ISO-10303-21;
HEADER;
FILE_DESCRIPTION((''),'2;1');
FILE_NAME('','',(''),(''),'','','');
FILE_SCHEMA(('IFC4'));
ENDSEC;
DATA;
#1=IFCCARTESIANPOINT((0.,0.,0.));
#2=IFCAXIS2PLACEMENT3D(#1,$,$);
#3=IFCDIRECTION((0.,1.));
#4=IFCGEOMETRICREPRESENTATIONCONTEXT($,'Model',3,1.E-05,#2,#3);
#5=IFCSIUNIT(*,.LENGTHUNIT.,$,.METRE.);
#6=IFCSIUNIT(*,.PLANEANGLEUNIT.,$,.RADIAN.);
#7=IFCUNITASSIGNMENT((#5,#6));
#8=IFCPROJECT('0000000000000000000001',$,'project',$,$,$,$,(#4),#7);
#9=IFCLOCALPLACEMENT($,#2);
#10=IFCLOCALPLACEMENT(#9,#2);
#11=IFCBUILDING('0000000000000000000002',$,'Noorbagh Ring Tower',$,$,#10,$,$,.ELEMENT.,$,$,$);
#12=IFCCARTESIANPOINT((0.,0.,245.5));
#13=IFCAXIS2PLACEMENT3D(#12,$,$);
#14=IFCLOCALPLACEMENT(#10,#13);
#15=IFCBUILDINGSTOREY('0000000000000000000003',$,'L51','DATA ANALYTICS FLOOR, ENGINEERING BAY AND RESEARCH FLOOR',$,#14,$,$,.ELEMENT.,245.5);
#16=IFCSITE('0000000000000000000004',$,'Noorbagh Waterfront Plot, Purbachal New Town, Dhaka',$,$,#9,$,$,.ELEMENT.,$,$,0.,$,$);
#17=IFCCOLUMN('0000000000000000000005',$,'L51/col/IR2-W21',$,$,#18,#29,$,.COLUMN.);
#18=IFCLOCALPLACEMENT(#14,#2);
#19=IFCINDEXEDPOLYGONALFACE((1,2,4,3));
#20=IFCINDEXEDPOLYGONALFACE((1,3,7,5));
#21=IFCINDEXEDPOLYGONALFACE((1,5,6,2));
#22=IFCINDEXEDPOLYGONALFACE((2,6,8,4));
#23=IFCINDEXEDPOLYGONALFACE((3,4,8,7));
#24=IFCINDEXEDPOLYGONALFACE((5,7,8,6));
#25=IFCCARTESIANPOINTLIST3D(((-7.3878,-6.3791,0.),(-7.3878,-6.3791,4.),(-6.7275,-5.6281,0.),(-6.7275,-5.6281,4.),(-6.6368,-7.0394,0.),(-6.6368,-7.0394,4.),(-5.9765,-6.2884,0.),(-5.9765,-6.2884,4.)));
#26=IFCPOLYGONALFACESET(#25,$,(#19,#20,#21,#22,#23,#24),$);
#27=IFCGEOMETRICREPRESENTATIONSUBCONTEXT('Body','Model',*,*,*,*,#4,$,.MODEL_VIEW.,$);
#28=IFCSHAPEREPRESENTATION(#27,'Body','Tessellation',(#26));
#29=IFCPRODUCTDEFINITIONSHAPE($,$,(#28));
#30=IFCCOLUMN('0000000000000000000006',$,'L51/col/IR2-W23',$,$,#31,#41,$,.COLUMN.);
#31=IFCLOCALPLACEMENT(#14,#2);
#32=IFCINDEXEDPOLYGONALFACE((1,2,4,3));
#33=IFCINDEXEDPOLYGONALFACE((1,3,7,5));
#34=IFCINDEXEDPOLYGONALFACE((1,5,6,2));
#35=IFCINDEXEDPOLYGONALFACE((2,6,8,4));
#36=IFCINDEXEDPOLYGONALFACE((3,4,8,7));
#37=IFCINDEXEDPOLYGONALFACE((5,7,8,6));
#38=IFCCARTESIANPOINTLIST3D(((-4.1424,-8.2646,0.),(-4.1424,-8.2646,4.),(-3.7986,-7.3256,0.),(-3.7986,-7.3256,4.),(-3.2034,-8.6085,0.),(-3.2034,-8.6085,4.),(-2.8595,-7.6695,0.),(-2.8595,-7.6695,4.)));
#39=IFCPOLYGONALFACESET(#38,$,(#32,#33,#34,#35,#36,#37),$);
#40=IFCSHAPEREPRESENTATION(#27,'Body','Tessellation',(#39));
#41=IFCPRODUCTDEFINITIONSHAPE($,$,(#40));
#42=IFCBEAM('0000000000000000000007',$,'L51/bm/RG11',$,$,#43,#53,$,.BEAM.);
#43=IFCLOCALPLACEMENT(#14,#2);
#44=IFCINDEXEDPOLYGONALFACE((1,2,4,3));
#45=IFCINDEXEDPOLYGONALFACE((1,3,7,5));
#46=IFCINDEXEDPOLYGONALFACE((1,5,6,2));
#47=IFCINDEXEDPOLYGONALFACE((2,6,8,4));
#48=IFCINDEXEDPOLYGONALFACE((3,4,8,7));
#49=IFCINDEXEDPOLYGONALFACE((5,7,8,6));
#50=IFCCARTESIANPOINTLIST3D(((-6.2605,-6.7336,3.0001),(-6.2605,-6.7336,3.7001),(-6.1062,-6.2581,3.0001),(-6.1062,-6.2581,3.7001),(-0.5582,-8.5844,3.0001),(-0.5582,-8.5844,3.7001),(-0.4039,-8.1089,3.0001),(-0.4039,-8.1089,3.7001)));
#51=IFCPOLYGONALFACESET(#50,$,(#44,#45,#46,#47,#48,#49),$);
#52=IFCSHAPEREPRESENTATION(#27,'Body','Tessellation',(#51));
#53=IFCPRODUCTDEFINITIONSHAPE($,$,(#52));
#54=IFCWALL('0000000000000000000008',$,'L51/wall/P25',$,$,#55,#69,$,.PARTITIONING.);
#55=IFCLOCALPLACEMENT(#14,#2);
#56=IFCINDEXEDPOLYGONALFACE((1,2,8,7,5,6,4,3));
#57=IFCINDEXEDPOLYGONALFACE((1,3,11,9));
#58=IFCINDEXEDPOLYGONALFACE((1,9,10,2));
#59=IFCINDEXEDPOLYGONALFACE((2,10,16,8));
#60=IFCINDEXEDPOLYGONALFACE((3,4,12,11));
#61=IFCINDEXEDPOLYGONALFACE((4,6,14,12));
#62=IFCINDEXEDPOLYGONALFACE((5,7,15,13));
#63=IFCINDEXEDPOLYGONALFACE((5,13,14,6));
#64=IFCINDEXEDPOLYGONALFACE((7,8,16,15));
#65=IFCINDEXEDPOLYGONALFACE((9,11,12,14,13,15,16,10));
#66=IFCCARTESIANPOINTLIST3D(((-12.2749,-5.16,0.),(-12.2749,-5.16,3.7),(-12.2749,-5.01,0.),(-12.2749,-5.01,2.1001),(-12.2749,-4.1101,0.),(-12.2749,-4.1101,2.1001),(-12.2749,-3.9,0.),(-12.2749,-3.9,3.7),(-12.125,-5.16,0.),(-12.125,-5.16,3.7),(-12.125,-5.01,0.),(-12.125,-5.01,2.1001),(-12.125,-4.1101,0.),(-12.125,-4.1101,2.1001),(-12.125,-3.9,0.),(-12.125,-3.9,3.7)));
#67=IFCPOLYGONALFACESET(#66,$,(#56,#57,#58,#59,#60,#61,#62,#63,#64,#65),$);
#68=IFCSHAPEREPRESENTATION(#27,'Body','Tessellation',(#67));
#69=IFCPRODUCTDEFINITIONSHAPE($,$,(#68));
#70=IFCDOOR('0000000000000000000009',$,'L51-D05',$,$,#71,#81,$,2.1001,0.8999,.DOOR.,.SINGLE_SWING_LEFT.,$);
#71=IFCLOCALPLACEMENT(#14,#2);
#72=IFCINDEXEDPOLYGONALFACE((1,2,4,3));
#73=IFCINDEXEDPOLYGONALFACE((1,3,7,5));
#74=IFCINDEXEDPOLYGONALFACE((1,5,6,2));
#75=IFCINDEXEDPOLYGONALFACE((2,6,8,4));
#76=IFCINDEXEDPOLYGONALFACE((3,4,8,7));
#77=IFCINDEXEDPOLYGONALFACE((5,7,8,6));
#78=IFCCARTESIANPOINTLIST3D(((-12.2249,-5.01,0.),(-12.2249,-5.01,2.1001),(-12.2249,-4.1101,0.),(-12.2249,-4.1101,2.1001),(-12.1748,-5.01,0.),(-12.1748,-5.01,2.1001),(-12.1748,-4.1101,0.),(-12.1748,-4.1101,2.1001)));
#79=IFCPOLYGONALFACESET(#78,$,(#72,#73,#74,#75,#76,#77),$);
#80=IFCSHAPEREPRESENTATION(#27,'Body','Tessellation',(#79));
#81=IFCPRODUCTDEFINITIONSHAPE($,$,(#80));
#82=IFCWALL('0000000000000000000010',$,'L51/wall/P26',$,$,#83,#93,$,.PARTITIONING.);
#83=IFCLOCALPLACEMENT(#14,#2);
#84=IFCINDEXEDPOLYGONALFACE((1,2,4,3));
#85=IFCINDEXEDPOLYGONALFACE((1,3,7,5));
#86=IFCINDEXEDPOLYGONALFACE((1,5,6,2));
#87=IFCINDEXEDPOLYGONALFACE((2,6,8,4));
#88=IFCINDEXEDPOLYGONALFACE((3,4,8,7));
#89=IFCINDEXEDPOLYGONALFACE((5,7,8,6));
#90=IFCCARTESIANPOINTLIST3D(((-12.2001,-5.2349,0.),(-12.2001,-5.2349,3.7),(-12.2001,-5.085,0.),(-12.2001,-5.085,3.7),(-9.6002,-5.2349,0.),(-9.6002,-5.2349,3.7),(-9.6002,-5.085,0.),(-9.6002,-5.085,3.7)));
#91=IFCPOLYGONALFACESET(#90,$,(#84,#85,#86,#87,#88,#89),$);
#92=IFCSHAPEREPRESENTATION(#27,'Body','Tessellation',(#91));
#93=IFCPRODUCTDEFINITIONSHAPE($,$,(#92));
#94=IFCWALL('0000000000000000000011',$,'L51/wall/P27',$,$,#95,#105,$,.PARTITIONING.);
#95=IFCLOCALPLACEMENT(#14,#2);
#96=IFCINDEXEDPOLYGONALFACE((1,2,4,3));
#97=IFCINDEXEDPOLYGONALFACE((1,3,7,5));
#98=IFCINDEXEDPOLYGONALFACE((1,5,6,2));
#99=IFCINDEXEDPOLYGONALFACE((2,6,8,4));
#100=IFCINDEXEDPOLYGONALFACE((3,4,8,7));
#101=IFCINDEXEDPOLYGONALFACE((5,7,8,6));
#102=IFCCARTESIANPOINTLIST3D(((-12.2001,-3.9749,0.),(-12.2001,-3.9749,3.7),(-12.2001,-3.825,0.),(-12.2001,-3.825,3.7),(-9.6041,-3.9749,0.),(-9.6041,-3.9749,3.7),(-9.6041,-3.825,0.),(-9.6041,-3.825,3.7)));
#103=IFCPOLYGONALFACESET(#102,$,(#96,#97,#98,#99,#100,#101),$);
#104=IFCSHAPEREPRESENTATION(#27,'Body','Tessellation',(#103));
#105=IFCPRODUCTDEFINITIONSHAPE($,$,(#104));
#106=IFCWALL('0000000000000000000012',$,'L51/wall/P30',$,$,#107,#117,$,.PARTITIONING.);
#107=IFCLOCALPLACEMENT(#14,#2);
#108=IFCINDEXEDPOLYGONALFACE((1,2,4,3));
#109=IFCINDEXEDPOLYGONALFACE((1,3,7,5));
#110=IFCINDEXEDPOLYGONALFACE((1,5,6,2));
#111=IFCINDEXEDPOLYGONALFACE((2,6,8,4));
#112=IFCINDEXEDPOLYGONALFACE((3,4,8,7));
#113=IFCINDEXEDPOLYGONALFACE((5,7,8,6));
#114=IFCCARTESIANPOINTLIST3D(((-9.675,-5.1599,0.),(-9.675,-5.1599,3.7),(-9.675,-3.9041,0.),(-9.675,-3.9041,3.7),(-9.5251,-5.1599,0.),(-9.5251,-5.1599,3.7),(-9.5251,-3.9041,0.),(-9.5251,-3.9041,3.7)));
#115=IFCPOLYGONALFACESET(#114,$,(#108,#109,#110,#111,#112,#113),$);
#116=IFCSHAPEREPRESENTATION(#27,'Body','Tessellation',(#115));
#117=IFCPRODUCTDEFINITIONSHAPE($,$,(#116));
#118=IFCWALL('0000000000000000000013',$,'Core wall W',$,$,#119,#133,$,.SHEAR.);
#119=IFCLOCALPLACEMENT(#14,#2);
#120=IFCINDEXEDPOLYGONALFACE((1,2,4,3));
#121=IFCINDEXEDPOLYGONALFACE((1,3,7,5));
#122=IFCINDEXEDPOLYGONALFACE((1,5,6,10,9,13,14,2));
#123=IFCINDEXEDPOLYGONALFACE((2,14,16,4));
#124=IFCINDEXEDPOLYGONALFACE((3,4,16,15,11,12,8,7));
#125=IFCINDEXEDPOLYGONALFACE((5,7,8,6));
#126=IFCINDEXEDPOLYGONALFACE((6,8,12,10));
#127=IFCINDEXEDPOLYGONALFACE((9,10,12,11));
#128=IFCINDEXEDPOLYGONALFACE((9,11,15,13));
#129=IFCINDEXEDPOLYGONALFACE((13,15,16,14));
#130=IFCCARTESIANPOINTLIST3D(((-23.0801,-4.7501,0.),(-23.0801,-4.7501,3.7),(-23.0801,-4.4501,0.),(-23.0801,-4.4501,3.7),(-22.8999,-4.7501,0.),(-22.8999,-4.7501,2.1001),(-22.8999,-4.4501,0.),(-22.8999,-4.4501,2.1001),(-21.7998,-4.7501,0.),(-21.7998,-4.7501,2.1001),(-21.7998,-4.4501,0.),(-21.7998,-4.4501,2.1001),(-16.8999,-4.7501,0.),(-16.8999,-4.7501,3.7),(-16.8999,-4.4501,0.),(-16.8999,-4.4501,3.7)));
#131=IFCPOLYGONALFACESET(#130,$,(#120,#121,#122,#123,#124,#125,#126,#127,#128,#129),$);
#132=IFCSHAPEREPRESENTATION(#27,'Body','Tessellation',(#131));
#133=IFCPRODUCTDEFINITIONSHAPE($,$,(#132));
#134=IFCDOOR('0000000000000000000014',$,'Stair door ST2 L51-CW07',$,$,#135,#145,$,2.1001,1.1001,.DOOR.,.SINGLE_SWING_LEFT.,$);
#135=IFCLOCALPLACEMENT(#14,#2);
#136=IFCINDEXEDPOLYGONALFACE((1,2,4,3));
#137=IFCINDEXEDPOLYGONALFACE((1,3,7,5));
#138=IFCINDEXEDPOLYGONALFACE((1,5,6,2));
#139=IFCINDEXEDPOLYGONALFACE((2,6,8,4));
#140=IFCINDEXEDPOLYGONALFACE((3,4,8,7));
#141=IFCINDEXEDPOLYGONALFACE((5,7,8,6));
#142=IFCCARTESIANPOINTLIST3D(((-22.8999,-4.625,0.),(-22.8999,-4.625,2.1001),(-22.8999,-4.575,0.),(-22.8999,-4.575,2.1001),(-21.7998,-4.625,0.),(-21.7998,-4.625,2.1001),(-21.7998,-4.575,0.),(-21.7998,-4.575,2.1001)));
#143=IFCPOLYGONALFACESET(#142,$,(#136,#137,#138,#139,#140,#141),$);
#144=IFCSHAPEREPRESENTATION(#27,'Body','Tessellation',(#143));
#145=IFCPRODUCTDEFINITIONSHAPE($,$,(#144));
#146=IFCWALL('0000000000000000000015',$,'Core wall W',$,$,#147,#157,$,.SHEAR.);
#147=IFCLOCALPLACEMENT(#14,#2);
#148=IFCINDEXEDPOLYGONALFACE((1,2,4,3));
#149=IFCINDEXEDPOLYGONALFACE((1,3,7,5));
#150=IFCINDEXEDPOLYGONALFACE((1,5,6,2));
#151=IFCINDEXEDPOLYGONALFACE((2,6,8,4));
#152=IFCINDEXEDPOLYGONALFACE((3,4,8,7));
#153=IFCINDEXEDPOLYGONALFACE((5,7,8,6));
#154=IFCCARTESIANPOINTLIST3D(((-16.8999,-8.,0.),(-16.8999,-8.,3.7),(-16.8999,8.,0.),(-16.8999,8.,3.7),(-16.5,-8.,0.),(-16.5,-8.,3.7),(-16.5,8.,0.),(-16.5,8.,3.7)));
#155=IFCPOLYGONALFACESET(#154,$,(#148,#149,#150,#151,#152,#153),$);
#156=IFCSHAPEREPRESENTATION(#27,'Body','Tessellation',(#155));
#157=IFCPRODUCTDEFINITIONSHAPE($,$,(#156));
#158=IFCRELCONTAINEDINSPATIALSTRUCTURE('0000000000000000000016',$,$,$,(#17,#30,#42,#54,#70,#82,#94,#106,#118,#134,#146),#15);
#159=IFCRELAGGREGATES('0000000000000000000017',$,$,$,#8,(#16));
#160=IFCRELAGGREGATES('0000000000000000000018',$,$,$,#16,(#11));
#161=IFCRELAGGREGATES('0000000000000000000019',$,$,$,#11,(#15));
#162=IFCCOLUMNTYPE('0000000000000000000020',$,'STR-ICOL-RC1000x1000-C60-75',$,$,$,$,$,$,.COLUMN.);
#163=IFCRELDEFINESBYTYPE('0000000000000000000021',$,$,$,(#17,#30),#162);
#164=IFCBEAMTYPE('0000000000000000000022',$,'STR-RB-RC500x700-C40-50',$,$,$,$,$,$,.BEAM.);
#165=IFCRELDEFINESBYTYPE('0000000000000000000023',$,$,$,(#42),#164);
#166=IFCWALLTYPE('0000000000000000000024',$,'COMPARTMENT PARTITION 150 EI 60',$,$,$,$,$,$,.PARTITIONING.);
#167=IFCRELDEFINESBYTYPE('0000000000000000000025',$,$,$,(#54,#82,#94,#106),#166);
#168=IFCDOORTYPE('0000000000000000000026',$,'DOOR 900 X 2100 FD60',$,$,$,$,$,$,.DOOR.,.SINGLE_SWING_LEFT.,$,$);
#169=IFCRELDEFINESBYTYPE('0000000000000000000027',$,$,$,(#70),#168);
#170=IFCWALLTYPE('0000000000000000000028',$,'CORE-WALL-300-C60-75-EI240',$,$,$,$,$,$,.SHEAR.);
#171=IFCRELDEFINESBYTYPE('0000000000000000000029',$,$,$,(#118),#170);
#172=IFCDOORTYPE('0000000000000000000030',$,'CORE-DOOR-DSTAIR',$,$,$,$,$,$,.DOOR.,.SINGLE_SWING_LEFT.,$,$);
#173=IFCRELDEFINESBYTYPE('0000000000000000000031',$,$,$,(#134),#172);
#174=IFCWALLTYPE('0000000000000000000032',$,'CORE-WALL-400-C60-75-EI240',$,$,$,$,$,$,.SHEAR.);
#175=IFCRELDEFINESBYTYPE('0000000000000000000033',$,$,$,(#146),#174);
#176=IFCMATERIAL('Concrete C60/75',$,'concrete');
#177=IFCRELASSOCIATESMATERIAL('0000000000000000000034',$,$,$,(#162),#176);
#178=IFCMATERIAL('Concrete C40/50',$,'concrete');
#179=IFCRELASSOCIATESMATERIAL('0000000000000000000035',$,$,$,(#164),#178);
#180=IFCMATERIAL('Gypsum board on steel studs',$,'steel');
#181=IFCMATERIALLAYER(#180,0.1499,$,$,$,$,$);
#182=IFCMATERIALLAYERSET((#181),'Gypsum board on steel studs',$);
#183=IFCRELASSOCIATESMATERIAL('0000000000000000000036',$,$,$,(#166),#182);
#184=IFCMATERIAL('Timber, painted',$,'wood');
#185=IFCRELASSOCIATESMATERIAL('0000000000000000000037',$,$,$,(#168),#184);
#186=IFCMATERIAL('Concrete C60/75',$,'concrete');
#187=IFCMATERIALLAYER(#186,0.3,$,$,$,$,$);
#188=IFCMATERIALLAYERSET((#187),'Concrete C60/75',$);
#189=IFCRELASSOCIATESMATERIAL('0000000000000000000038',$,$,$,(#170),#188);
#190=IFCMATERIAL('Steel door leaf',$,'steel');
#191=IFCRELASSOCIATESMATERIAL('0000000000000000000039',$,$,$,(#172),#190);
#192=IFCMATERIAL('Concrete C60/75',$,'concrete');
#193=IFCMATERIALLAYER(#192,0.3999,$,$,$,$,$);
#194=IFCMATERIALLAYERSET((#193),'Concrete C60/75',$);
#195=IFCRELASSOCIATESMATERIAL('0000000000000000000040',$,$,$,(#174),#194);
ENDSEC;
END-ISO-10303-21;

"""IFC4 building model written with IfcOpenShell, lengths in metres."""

from ifc_helpers import new_model, si_unit, direction, frame, frame_2d, origin, origin_2d, place, context, subcontext, project, spatial, rectangle, extrude, material, layer, layer_set, material_profile, profile_set, type_object, element, fill, save


model = new_model("IFC4")

# Units and contexts
model_context = context("Model", 3, precision=1e-05, world=origin(), true_north=direction((0.0, 1.0)))
body_context = subcontext(model_context, "Body", "Model", "MODEL_VIEW")
ifc_project = project(units=[si_unit("LENGTHUNIT", "METRE"), si_unit("PLANEANGLEUNIT", "RADIAN")], contexts=[model_context])

# Site, building, storey
site_placement = place(None, origin())
site = spatial("IfcSite", under=ifc_project, at=site_placement, Name="Noorbagh Waterfront Plot, Purbachal New Town, Dhaka", CompositionType="ELEMENT", RefElevation=0.0)
building_placement = place(site_placement, origin())
building = spatial("IfcBuilding", under=site, at=building_placement, Name="Noorbagh Ring Tower", CompositionType="ELEMENT")
storey_placement = place(building_placement, frame((0.0, 0.0, 245.5)))
storey = spatial("IfcBuildingStorey", under=building, at=storey_placement, Name="L51", Description="DATA ANALYTICS FLOOR, ENGINEERING BAY AND RESEARCH FLOOR", CompositionType="ELEMENT", Elevation=245.5)

# Columns
ifc_material_1 = material(Name="Concrete C60/75", Category="concrete")
ifc_material_profile_1 = material_profile(ifc_material_1, rectangle(XDim=1.0, YDim=1.0, at=origin_2d()), Name="RC1000x1000")
ifc_profile_set_1 = profile_set([ifc_material_profile_1], Name="Concrete C60/75")
column_type = type_object("IfcColumnType", Name="STR-ICOL-RC1000x1000-C60-75", PredefinedType="COLUMN", material=ifc_profile_set_1)
for number, where, z_axis, x_axis, name in (
    (1, (-6.6821, -6.3337, 0.0), (0.0, 0.0, 1.0), (0.751022, -0.660277, 0.0), "L51/col/IR2-W21"),
    (2, (-3.501, -7.967, 0.0), (0.0, 0.0, 1.0), (0.93902, -0.343864, 0.0), "L51/col/IR2-W23"),
):
    element("IfcColumn", number, at=place(storey_placement, frame(where, z_axis=z_axis, x_axis=x_axis)), inside=storey, type_object=column_type, Name=name, PredefinedType="COLUMN", context=body_context, shape_type="SweptSolid", body=[
        extrude(rectangle(XDim=1.0, YDim=1.0, at=origin_2d()), origin(), (0.0, 0.0, 1.0), 4.0),
    ])

# Beam
ifc_material_2 = material(Name="Concrete C40/50", Category="concrete")
ifc_material_profile_2 = material_profile(ifc_material_2, rectangle(XDim=0.5, YDim=0.7, at=origin_2d()), Name="RC500x700")
ifc_profile_set_2 = profile_set([ifc_material_profile_2], Name="Concrete C40/50")
beam_type = type_object("IfcBeamType", Name="STR-RB-RC500x700-C40-50", PredefinedType="BEAM", material=ifc_profile_set_2)
beam_placement = place(storey_placement, frame((-6.1833, -6.4958, 3.3501), z_axis=(0.951154, -0.308717, 0.0), x_axis=(0.308717, 0.951154, 0.0)))
element("IfcBeam", 3, at=beam_placement, inside=storey, type_object=beam_type, Name="L51/bm/RG11", PredefinedType="BEAM", context=body_context, shape_type="SweptSolid", body=[
    extrude(rectangle(XDim=0.5, YDim=0.7, at=origin_2d()), origin(), (0.0, 0.0, 1.0), 5.9951),
])

# Wall, opening, door
ifc_material_3 = material(Name="Gypsum board on steel studs", Category="steel")
ifc_layer_1 = layer(ifc_material_3, 0.1499)
ifc_layer_set_1 = layer_set([ifc_layer_1], Name="Gypsum board on steel studs")
wall_type_1 = type_object("IfcWallType", Name="COMPARTMENT PARTITION 150 EI 60", PredefinedType="PARTITIONING", material=ifc_layer_set_1)
wall_1_placement = place(storey_placement, frame((-12.2, -5.1599, 0.0), z_axis=(0.0, 0.0, 1.0), x_axis=(0.0, 1.0, 0.0)))
wall_1 = element("IfcWall", 4, at=wall_1_placement, inside=storey, type_object=wall_type_1, Name="L51/wall/P25", PredefinedType="PARTITIONING", context=body_context, shape_type="SweptSolid", body=[
    extrude(rectangle(XDim=1.26, YDim=0.1499, at=frame_2d((0.6299, 0.0))), origin(), (0.0, 0.0, 1.0), 3.7),
])
opening_1_placement = place(wall_1_placement, frame((0.1499, 0.0, 0.0)))
opening_1 = element("IfcOpeningElement", 5, at=opening_1_placement, cuts=wall_1, PredefinedType="OPENING", context=body_context, shape_type="SweptSolid", body=[
    extrude(rectangle(XDim=0.8999, YDim=2.1001, at=frame_2d((0.45, 1.05))), frame((0.0, 0.085, 0.0), z_axis=(0.0, -1.0, 0.0), x_axis=(1.0, 0.0, 0.0)), (0.0, 0.0, 1.0), 0.1699),
])
ifc_material_4 = material(Name="Timber, painted", Category="wood")
door_type_1 = type_object("IfcDoorType", Name="DOOR 900 X 2100 FD60", OperationType="SINGLE_SWING_LEFT", PredefinedType="DOOR", material=ifc_material_4)
door_1_placement = place(opening_1_placement, origin())
door_1 = element("IfcDoor", 6, at=door_1_placement, inside=storey, type_object=door_type_1, Name="L51-D05", OperationType="SINGLE_SWING_LEFT", OverallHeight=2.1001, OverallWidth=0.8999, PredefinedType="DOOR", context=body_context, shape_type="SweptSolid", body=[
    extrude(rectangle(XDim=0.8999, YDim=2.1001, at=frame_2d((0.45, 1.05))), frame((0.0, 0.0249, 0.0), z_axis=(0.0, -1.0, 0.0), x_axis=(1.0, 0.0, 0.0)), (0.0, 0.0, 1.0), 0.05),
])
fill(opening_1, door_1)

# Walls
wall_2_placement = place(storey_placement, frame((-12.2, -5.1599, 0.0), z_axis=(0.0, 0.0, 1.0), x_axis=(1.0, 0.0, 0.0)))
element("IfcWall", 7, at=wall_2_placement, inside=storey, type_object=wall_type_1, Name="L51/wall/P26", PredefinedType="PARTITIONING", context=body_context, shape_type="SweptSolid", body=[
    extrude(rectangle(XDim=2.5999, YDim=0.1499, at=frame_2d((1.2998, 0.0))), origin(), (0.0, 0.0, 1.0), 3.7),
])
wall_3_placement = place(storey_placement, frame((-12.2, -3.8999, 0.0), z_axis=(0.0, 0.0, 1.0), x_axis=(1.0, 0.0, 0.0)))
element("IfcWall", 8, at=wall_3_placement, inside=storey, type_object=wall_type_1, Name="L51/wall/P27", PredefinedType="PARTITIONING", context=body_context, shape_type="SweptSolid", body=[
    extrude(rectangle(XDim=2.5959, YDim=0.1499, at=frame_2d((1.2979, 0.0))), origin(), (0.0, 0.0, 1.0), 3.7),
])
wall_4_placement = place(storey_placement, frame((-9.6001, -5.1599, 0.0), z_axis=(0.0, 0.0, 1.0), x_axis=(0.0, 1.0, 0.0)))
element("IfcWall", 9, at=wall_4_placement, inside=storey, type_object=wall_type_1, Name="L51/wall/P30", PredefinedType="PARTITIONING", context=body_context, shape_type="SweptSolid", body=[
    extrude(rectangle(XDim=1.2559, YDim=0.1499, at=frame_2d((0.6279, 0.0))), origin(), (0.0, 0.0, 1.0), 3.7),
])

# Wall, opening, door
ifc_material_5 = material(Name="Concrete C60/75", Category="concrete")
ifc_layer_2 = layer(ifc_material_5, 0.3)
ifc_layer_set_2 = layer_set([ifc_layer_2], Name="Concrete C60/75")
wall_type_2 = type_object("IfcWallType", Name="CORE-WALL-300-C60-75-EI240", PredefinedType="SHEAR", material=ifc_layer_set_2)
wall_5_placement = place(storey_placement, frame((-16.8999, -4.6001, 0.0), z_axis=(0.0, 0.0, 1.0), x_axis=(-1.0, 0.0, 0.0)))
wall_5 = element("IfcWall", 10, at=wall_5_placement, inside=storey, type_object=wall_type_2, Name="Core wall W", PredefinedType="SHEAR", context=body_context, shape_type="SweptSolid", body=[
    extrude(rectangle(XDim=6.1802, YDim=0.3, at=frame_2d((3.0901, 0.0))), origin(), (0.0, 0.0, 1.0), 3.7),
])
opening_2_placement = place(wall_5_placement, frame((4.8999, 0.0, 0.0)))
opening_2 = element("IfcOpeningElement", 11, at=opening_2_placement, cuts=wall_5, PredefinedType="OPENING", context=body_context, shape_type="SweptSolid", body=[
    extrude(rectangle(XDim=1.1001, YDim=2.1001, at=frame_2d((0.55, 1.05))), frame((0.0, 0.1602, 0.0), z_axis=(0.0, -1.0, 0.0), x_axis=(1.0, 0.0, 0.0)), (0.0, 0.0, 1.0), 0.3201),
])
ifc_material_6 = material(Name="Steel door leaf", Category="steel")
door_type_2 = type_object("IfcDoorType", Name="CORE-DOOR-DSTAIR", OperationType="SINGLE_SWING_LEFT", PredefinedType="DOOR", material=ifc_material_6)
door_2_placement = place(opening_2_placement, origin())
door_2 = element("IfcDoor", 12, at=door_2_placement, inside=storey, type_object=door_type_2, Name="Stair door ST2 L51-CW07", OperationType="SINGLE_SWING_LEFT", OverallHeight=2.1001, OverallWidth=1.1001, PredefinedType="DOOR", context=body_context, shape_type="SweptSolid", body=[
    extrude(rectangle(XDim=1.1001, YDim=2.1001, at=frame_2d((0.55, 1.05))), frame((0.0, 0.0249, 0.0), z_axis=(0.0, -1.0, 0.0), x_axis=(1.0, 0.0, 0.0)), (0.0, 0.0, 1.0), 0.05),
])
fill(opening_2, door_2)

# Wall
ifc_material_7 = material(Name="Concrete C60/75", Category="concrete")
ifc_layer_3 = layer(ifc_material_7, 0.3999)
ifc_layer_set_3 = layer_set([ifc_layer_3], Name="Concrete C60/75")
wall_type_3 = type_object("IfcWallType", Name="CORE-WALL-400-C60-75-EI240", PredefinedType="SHEAR", material=ifc_layer_set_3)
wall_6_placement = place(storey_placement, frame((-16.7, -8.0, 0.0), z_axis=(0.0, 0.0, 1.0), x_axis=(0.0, 1.0, 0.0)))
element("IfcWall", 13, at=wall_6_placement, inside=storey, type_object=wall_type_3, Name="Core wall W", PredefinedType="SHEAR", context=body_context, shape_type="SweptSolid", body=[
    extrude(rectangle(XDim=16.0, YDim=0.3999, at=frame_2d((8.0, 0.0))), origin(), (0.0, 0.0, 1.0), 3.7),
])

save(model, "model.ifc")
